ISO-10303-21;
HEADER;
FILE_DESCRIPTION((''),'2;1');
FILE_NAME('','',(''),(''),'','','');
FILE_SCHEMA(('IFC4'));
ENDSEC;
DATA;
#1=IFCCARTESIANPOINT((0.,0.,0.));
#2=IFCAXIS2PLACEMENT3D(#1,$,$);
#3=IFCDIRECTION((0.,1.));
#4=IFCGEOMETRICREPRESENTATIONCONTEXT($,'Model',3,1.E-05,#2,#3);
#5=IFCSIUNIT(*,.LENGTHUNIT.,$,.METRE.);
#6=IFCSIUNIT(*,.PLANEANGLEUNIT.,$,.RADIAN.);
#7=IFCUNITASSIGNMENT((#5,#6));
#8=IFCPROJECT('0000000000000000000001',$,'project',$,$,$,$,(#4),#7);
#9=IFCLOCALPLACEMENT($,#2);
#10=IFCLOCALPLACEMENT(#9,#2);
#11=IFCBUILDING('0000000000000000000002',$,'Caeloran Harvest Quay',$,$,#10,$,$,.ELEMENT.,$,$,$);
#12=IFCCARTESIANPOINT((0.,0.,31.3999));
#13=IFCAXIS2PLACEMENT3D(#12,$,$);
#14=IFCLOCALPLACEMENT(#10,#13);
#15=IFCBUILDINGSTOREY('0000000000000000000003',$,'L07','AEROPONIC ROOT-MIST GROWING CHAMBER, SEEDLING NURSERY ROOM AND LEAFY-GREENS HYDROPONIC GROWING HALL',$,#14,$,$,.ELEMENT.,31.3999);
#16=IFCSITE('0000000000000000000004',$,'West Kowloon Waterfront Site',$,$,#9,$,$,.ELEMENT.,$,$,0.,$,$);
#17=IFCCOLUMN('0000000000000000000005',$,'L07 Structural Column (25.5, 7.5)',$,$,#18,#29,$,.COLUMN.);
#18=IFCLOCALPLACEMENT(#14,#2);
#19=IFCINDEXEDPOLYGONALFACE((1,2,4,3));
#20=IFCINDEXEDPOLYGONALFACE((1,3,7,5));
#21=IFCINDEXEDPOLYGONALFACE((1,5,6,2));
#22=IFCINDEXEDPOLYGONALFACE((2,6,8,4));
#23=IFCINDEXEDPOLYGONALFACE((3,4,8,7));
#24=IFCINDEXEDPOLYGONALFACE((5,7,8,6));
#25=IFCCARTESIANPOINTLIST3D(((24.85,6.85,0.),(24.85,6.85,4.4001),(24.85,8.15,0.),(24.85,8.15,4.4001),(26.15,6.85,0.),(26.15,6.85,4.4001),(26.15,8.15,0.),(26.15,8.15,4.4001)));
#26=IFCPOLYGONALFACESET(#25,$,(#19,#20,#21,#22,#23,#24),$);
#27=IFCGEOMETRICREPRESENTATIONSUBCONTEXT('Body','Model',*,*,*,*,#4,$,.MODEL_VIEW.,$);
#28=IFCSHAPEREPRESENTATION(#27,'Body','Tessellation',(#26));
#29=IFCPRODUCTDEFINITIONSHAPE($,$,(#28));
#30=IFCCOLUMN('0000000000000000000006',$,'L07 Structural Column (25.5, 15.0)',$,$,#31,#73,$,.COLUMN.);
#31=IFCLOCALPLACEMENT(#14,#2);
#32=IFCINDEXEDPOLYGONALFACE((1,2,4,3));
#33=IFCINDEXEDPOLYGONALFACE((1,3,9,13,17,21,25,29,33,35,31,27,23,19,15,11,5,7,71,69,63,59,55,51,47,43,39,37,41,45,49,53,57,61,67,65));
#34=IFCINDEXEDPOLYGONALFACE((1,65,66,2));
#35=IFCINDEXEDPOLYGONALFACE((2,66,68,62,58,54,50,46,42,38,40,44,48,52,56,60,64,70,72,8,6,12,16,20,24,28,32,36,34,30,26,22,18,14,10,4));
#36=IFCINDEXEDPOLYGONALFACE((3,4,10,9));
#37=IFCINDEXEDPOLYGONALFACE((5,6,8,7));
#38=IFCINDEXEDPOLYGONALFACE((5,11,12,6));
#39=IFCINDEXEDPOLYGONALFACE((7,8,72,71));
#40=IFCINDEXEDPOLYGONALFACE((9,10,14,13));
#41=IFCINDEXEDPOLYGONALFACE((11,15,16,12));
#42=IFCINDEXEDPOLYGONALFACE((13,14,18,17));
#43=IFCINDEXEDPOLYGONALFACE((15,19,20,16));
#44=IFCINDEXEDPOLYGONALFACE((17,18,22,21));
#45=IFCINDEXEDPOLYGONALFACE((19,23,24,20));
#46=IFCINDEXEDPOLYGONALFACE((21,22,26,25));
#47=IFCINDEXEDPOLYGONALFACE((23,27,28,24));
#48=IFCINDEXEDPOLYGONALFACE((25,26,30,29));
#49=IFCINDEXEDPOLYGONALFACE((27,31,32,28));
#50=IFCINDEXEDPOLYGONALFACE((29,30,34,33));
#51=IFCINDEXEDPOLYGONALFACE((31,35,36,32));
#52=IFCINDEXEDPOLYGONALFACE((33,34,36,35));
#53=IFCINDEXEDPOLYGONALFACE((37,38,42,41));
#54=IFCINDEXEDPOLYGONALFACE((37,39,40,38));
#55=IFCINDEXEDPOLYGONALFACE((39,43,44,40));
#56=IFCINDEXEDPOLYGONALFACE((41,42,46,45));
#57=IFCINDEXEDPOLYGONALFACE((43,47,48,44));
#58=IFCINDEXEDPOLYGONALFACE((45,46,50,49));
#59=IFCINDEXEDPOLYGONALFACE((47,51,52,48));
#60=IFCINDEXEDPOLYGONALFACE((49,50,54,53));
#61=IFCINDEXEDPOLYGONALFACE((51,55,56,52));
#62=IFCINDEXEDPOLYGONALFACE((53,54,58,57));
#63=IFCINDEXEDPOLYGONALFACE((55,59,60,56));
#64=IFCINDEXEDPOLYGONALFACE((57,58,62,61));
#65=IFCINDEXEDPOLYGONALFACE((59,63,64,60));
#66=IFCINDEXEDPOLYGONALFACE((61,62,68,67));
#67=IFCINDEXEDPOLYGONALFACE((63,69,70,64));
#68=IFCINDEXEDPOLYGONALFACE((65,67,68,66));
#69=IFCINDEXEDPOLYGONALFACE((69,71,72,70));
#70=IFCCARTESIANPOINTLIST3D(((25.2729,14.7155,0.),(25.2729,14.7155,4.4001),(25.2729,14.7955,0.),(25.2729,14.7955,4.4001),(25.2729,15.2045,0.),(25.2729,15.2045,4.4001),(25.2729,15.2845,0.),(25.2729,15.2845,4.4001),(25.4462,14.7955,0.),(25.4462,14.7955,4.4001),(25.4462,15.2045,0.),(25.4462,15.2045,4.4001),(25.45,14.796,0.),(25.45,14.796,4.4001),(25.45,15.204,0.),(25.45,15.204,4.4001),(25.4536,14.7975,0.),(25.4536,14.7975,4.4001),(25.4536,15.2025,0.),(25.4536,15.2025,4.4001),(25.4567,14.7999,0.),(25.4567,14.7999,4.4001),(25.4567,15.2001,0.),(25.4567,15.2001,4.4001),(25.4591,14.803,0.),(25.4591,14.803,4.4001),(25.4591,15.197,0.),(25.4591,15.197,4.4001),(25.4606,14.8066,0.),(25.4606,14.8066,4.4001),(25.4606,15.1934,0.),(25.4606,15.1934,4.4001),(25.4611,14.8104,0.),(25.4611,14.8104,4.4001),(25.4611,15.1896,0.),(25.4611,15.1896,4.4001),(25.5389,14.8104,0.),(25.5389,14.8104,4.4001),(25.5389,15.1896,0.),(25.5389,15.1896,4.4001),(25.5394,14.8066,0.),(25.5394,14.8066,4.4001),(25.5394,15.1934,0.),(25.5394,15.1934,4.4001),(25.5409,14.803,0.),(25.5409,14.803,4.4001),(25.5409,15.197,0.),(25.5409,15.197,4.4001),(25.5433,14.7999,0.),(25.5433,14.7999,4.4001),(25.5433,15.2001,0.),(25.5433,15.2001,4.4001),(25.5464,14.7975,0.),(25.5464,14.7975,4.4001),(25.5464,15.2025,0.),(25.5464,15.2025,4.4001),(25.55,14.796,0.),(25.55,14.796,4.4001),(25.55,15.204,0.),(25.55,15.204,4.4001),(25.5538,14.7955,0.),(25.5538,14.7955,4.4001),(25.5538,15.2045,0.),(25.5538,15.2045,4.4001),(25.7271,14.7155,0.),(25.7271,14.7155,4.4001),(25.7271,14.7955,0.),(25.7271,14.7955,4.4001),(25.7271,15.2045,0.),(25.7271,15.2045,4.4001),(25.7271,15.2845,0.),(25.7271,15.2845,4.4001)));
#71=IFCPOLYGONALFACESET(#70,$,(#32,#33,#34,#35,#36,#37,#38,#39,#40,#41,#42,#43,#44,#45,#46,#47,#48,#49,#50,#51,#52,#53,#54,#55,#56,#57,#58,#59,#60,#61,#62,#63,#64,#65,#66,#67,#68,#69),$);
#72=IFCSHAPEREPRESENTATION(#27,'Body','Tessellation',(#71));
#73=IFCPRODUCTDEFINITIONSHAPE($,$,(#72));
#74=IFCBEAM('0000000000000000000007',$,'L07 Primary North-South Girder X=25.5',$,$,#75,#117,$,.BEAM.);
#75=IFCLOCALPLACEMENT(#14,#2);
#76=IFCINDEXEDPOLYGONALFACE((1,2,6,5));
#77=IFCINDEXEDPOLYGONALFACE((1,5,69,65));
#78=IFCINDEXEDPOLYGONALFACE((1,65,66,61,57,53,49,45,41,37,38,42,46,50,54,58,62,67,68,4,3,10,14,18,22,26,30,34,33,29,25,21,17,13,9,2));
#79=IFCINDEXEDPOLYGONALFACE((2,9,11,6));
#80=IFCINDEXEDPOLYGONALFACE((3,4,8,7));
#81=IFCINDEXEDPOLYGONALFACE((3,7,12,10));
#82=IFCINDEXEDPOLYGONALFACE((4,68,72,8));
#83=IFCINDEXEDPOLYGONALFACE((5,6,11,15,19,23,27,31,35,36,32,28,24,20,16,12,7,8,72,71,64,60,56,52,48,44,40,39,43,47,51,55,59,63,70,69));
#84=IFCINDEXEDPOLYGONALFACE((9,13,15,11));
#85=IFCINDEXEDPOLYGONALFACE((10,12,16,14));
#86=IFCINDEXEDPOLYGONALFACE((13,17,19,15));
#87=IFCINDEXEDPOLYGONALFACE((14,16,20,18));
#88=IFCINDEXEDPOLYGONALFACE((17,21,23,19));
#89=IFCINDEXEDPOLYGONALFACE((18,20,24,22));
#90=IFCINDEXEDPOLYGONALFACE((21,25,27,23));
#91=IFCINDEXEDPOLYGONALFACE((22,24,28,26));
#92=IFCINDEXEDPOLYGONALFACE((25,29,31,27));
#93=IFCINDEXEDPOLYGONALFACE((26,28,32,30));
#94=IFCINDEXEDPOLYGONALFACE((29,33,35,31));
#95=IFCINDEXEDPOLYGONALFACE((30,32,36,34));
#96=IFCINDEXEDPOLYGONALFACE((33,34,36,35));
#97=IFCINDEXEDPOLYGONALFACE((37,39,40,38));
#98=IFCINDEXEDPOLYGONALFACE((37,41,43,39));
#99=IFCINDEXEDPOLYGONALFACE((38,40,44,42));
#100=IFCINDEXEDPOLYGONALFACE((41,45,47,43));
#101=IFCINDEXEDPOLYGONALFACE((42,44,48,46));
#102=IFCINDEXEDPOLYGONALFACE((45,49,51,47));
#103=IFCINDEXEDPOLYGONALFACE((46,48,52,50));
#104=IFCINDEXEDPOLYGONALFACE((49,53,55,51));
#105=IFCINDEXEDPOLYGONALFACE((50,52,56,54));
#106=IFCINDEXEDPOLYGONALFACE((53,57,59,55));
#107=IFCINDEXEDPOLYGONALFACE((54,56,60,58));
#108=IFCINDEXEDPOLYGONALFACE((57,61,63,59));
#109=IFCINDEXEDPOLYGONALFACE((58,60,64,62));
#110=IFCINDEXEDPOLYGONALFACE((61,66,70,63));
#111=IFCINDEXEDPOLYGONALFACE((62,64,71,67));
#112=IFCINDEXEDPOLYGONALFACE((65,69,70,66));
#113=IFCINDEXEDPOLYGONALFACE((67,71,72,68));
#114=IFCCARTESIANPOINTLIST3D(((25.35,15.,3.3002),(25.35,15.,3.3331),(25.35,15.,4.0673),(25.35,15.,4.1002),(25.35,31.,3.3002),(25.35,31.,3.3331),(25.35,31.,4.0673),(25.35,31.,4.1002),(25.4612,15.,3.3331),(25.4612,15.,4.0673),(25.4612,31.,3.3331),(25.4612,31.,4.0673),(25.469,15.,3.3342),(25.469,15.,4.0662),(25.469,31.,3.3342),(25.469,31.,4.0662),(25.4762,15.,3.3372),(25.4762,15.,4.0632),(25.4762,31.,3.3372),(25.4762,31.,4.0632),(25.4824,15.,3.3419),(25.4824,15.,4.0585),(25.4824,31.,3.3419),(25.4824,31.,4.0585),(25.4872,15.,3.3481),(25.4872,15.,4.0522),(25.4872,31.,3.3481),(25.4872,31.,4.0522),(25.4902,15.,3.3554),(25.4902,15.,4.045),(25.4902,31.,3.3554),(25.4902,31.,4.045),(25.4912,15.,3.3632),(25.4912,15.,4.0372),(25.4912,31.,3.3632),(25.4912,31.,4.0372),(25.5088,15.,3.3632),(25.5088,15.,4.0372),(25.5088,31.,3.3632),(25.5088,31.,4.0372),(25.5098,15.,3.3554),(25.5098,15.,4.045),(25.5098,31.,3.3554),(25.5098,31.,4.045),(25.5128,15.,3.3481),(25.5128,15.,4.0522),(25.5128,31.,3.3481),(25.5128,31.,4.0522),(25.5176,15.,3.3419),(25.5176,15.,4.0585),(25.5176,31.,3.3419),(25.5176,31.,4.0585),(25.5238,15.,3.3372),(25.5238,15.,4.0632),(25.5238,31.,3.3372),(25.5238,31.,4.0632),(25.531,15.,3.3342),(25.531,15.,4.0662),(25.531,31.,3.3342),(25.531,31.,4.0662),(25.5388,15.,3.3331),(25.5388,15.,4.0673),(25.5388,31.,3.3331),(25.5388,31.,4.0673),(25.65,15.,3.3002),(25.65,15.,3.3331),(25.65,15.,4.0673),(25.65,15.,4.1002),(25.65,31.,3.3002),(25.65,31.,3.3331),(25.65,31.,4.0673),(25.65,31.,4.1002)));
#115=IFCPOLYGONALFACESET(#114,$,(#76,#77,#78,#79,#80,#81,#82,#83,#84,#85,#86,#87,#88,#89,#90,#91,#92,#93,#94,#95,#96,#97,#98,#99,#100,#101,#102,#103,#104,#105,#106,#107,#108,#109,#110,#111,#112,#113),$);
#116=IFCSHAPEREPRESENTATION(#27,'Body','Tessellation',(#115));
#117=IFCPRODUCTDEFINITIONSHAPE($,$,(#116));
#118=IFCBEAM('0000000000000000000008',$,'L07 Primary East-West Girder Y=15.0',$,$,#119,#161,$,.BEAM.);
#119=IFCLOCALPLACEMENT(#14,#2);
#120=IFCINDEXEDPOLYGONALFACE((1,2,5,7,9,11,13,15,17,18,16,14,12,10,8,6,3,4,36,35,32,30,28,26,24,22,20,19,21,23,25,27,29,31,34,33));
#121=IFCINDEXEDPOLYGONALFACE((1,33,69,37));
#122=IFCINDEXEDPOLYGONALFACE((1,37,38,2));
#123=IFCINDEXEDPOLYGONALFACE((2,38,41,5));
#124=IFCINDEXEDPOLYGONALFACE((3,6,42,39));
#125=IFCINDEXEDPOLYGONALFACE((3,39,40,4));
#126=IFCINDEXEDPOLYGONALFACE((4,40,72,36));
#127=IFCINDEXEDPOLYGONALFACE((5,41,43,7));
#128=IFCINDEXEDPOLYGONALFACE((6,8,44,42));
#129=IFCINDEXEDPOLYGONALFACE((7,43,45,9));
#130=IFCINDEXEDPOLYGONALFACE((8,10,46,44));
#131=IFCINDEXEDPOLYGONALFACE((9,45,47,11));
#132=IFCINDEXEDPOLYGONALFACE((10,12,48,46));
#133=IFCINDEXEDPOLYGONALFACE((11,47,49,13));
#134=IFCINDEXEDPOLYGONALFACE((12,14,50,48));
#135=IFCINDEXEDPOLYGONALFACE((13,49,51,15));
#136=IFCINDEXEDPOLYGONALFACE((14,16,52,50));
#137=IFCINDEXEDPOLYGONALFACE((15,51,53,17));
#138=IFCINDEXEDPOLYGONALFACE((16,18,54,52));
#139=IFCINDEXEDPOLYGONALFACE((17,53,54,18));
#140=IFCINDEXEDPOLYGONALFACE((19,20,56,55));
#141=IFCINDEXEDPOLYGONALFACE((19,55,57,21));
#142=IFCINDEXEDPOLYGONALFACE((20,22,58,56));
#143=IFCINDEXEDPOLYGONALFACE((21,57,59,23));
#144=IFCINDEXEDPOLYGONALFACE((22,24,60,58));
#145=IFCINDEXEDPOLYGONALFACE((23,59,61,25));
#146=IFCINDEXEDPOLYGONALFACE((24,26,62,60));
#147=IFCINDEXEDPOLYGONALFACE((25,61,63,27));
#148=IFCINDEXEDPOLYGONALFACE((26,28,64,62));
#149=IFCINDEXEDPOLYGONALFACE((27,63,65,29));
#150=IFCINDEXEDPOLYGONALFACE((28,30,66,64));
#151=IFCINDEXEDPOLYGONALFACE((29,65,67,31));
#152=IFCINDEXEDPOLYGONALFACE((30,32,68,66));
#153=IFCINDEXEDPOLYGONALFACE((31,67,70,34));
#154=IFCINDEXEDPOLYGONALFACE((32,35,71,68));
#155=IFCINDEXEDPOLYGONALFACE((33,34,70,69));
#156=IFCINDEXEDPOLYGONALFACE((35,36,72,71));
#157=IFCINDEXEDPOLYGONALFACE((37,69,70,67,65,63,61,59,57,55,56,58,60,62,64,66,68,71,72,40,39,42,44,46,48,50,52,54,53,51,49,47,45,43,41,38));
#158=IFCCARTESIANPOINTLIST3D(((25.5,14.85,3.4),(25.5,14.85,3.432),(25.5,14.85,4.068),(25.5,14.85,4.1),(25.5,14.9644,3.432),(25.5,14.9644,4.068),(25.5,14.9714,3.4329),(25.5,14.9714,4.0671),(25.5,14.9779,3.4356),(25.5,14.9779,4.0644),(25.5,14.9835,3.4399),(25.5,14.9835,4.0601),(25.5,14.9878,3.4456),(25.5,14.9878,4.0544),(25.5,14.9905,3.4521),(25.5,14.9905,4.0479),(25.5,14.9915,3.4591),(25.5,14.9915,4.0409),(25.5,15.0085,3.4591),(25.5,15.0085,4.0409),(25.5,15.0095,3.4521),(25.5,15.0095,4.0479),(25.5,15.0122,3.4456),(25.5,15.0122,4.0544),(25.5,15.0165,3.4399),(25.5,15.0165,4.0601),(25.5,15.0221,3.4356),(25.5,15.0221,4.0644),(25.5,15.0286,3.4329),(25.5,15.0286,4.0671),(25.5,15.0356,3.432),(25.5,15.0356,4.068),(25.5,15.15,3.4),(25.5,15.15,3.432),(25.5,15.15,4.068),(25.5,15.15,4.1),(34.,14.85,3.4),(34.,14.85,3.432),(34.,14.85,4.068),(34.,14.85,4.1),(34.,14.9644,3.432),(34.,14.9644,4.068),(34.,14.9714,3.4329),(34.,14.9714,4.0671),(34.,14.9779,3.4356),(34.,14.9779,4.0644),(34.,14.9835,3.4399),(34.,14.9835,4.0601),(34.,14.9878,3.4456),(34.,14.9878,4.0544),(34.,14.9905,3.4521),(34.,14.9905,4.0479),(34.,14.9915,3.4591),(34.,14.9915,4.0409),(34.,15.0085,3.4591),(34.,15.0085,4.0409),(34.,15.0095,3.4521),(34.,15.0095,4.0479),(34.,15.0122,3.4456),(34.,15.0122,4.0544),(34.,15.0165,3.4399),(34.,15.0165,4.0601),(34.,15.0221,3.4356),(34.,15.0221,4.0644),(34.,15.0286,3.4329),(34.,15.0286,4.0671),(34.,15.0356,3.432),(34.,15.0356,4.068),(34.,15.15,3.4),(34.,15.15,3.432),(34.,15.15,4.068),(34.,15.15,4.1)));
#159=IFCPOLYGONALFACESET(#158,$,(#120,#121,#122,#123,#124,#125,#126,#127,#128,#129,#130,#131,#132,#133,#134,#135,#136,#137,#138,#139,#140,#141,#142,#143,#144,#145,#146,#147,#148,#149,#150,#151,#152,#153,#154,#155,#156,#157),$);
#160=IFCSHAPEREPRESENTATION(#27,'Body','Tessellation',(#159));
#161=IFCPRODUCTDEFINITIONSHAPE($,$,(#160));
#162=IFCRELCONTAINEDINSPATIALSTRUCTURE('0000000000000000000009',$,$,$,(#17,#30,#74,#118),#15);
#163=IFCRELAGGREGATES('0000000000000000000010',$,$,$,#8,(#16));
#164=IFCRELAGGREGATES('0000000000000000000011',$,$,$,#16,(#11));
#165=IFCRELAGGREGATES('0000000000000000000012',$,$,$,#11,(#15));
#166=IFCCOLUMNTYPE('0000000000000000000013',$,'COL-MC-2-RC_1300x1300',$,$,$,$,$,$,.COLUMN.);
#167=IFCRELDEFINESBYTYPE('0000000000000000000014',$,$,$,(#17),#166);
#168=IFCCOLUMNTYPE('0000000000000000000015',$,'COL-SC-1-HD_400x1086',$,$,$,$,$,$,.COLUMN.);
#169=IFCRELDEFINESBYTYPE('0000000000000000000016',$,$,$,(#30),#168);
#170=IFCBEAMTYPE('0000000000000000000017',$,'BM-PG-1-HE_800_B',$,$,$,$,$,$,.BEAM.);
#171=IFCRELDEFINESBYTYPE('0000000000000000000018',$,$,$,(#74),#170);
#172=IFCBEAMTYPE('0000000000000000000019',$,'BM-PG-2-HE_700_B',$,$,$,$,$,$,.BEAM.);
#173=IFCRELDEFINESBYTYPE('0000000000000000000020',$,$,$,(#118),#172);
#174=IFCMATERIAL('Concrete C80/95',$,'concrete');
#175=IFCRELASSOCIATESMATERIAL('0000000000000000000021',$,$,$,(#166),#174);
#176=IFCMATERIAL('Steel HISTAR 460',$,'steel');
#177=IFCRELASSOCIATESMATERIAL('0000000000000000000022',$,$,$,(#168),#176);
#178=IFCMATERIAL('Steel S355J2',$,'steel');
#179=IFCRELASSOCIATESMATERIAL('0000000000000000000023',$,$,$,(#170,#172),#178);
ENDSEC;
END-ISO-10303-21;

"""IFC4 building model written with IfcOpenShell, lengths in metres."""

from ifc_helpers import new_model, si_unit, direction, frame, origin, origin_2d, place, context, subcontext, project, spatial, rectangle, i_section, extrude, material, material_profile, profile_set, type_object, element, save


model = new_model("IFC4")

# Units and contexts
model_context = context("Model", 3, precision=1e-05, world=origin(), true_north=direction((0.0, 1.0)))
body_context = subcontext(model_context, "Body", "Model", "MODEL_VIEW")
ifc_project = project(units=[si_unit("LENGTHUNIT", "METRE"), si_unit("PLANEANGLEUNIT", "RADIAN")], contexts=[model_context])

# Site, building, storey
site_placement = place(None, origin())
site = spatial("IfcSite", under=ifc_project, at=site_placement, Name="West Kowloon Waterfront Site", CompositionType="ELEMENT", RefElevation=0.0)
building_placement = place(site_placement, origin())
building = spatial("IfcBuilding", under=site, at=building_placement, Name="Caeloran Harvest Quay", CompositionType="ELEMENT")
storey_placement = place(building_placement, frame((0.0, 0.0, 31.3999)))
storey = spatial("IfcBuildingStorey", under=building, at=storey_placement, Name="L07", Description="AEROPONIC ROOT-MIST GROWING CHAMBER, SEEDLING NURSERY ROOM AND LEAFY-GREENS HYDROPONIC GROWING HALL", CompositionType="ELEMENT", Elevation=31.3999)

# Columns
ifc_material_1 = material(Name="Concrete C80/95", Category="concrete")
ifc_material_profile_1 = material_profile(ifc_material_1, rectangle(XDim=1.3, YDim=1.3, at=origin_2d()), Name="RC 1300x1300")
ifc_profile_set_1 = profile_set([ifc_material_profile_1], Name="Concrete C80/95")
column_type_1 = type_object("IfcColumnType", Name="COL-MC-2-RC_1300x1300", PredefinedType="COLUMN", material=ifc_profile_set_1)
column_1_placement = place(storey_placement, frame((25.5, 7.5, 0.0), z_axis=(0.0, 0.0, 1.0), x_axis=(1.0, 0.0, 0.0)))
element("IfcColumn", 1, at=column_1_placement, inside=storey, type_object=column_type_1, Name="L07 Structural Column (25.5, 7.5)", PredefinedType="COLUMN", context=body_context, shape_type="SweptSolid", body=[
    extrude(rectangle(XDim=1.3, YDim=1.3, at=origin_2d()), origin(), (0.0, 0.0, 1.0), 4.4001),
])
ifc_material_2 = material(Name="Steel HISTAR 460", Category="steel")
ifc_material_profile_2 = material_profile(ifc_material_2, i_section(OverallWidth=0.4541, OverallDepth=0.5691, WebThickness=0.0779, FlangeThickness=0.0801, FilletRadius=0.0149, at=origin_2d()), Name="HD 400x1086")
ifc_profile_set_2 = profile_set([ifc_material_profile_2], Name="Steel HISTAR 460")
column_type_2 = type_object("IfcColumnType", Name="COL-SC-1-HD_400x1086", PredefinedType="COLUMN", material=ifc_profile_set_2)
column_2_placement = place(storey_placement, frame((25.5, 15.0, 0.0), z_axis=(0.0, 0.0, 1.0), x_axis=(1.0, 0.0, 0.0)))
element("IfcColumn", 2, at=column_2_placement, inside=storey, type_object=column_type_2, Name="L07 Structural Column (25.5, 15.0)", PredefinedType="COLUMN", context=body_context, shape_type="SweptSolid", body=[
    extrude(i_section(OverallWidth=0.4541, OverallDepth=0.5691, WebThickness=0.0779, FlangeThickness=0.0801, FilletRadius=0.0149, at=origin_2d()), origin(), (0.0, 0.0, 1.0), 4.4001),
])

# Beams
ifc_material_3 = material(Name="Steel S355J2", Category="steel")
ifc_material_profile_3 = material_profile(ifc_material_3, i_section(OverallWidth=0.3, OverallDepth=0.8, WebThickness=0.0176, FlangeThickness=0.033, FilletRadius=0.03, at=origin_2d()), Name="HE 800 B")
ifc_profile_set_3 = profile_set([ifc_material_profile_3], Name="Steel S355J2")
beam_type_1 = type_object("IfcBeamType", Name="BM-PG-1-HE_800_B", PredefinedType="BEAM", material=ifc_profile_set_3)
beam_1_placement = place(storey_placement, frame((25.5, 15.0, 3.7002), z_axis=(0.0, 1.0, 0.0), x_axis=(-1.0, 0.0, 0.0)))
element("IfcBeam", 3, at=beam_1_placement, inside=storey, type_object=beam_type_1, Name="L07 Primary North-South Girder X=25.5", PredefinedType="BEAM", context=body_context, shape_type="SweptSolid", body=[
    extrude(i_section(OverallWidth=0.3, OverallDepth=0.8, WebThickness=0.0176, FlangeThickness=0.033, FilletRadius=0.03, at=origin_2d()), origin(), (0.0, 0.0, 1.0), 16.0),
])
ifc_material_profile_4 = material_profile(ifc_material_3, i_section(OverallWidth=0.3, OverallDepth=0.7, WebThickness=0.0171, FlangeThickness=0.032, FilletRadius=0.0271, at=origin_2d()), Name="HE 700 B")
ifc_profile_set_4 = profile_set([ifc_material_profile_4], Name="Steel S355J2")
beam_type_2 = type_object("IfcBeamType", Name="BM-PG-2-HE_700_B", PredefinedType="BEAM", material=ifc_profile_set_4)
beam_2_placement = place(storey_placement, frame((25.5, 15.0, 3.75), z_axis=(1.0, 0.0, 0.0), x_axis=(0.0, 1.0, 0.0)))
element("IfcBeam", 4, at=beam_2_placement, inside=storey, type_object=beam_type_2, Name="L07 Primary East-West Girder Y=15.0", PredefinedType="BEAM", context=body_context, shape_type="SweptSolid", body=[
    extrude(i_section(OverallWidth=0.3, OverallDepth=0.7, WebThickness=0.0171, FlangeThickness=0.032, FilletRadius=0.0271, at=origin_2d()), origin(), (0.0, 0.0, 1.0), 8.5),
])

save(model, "model.ifc")
